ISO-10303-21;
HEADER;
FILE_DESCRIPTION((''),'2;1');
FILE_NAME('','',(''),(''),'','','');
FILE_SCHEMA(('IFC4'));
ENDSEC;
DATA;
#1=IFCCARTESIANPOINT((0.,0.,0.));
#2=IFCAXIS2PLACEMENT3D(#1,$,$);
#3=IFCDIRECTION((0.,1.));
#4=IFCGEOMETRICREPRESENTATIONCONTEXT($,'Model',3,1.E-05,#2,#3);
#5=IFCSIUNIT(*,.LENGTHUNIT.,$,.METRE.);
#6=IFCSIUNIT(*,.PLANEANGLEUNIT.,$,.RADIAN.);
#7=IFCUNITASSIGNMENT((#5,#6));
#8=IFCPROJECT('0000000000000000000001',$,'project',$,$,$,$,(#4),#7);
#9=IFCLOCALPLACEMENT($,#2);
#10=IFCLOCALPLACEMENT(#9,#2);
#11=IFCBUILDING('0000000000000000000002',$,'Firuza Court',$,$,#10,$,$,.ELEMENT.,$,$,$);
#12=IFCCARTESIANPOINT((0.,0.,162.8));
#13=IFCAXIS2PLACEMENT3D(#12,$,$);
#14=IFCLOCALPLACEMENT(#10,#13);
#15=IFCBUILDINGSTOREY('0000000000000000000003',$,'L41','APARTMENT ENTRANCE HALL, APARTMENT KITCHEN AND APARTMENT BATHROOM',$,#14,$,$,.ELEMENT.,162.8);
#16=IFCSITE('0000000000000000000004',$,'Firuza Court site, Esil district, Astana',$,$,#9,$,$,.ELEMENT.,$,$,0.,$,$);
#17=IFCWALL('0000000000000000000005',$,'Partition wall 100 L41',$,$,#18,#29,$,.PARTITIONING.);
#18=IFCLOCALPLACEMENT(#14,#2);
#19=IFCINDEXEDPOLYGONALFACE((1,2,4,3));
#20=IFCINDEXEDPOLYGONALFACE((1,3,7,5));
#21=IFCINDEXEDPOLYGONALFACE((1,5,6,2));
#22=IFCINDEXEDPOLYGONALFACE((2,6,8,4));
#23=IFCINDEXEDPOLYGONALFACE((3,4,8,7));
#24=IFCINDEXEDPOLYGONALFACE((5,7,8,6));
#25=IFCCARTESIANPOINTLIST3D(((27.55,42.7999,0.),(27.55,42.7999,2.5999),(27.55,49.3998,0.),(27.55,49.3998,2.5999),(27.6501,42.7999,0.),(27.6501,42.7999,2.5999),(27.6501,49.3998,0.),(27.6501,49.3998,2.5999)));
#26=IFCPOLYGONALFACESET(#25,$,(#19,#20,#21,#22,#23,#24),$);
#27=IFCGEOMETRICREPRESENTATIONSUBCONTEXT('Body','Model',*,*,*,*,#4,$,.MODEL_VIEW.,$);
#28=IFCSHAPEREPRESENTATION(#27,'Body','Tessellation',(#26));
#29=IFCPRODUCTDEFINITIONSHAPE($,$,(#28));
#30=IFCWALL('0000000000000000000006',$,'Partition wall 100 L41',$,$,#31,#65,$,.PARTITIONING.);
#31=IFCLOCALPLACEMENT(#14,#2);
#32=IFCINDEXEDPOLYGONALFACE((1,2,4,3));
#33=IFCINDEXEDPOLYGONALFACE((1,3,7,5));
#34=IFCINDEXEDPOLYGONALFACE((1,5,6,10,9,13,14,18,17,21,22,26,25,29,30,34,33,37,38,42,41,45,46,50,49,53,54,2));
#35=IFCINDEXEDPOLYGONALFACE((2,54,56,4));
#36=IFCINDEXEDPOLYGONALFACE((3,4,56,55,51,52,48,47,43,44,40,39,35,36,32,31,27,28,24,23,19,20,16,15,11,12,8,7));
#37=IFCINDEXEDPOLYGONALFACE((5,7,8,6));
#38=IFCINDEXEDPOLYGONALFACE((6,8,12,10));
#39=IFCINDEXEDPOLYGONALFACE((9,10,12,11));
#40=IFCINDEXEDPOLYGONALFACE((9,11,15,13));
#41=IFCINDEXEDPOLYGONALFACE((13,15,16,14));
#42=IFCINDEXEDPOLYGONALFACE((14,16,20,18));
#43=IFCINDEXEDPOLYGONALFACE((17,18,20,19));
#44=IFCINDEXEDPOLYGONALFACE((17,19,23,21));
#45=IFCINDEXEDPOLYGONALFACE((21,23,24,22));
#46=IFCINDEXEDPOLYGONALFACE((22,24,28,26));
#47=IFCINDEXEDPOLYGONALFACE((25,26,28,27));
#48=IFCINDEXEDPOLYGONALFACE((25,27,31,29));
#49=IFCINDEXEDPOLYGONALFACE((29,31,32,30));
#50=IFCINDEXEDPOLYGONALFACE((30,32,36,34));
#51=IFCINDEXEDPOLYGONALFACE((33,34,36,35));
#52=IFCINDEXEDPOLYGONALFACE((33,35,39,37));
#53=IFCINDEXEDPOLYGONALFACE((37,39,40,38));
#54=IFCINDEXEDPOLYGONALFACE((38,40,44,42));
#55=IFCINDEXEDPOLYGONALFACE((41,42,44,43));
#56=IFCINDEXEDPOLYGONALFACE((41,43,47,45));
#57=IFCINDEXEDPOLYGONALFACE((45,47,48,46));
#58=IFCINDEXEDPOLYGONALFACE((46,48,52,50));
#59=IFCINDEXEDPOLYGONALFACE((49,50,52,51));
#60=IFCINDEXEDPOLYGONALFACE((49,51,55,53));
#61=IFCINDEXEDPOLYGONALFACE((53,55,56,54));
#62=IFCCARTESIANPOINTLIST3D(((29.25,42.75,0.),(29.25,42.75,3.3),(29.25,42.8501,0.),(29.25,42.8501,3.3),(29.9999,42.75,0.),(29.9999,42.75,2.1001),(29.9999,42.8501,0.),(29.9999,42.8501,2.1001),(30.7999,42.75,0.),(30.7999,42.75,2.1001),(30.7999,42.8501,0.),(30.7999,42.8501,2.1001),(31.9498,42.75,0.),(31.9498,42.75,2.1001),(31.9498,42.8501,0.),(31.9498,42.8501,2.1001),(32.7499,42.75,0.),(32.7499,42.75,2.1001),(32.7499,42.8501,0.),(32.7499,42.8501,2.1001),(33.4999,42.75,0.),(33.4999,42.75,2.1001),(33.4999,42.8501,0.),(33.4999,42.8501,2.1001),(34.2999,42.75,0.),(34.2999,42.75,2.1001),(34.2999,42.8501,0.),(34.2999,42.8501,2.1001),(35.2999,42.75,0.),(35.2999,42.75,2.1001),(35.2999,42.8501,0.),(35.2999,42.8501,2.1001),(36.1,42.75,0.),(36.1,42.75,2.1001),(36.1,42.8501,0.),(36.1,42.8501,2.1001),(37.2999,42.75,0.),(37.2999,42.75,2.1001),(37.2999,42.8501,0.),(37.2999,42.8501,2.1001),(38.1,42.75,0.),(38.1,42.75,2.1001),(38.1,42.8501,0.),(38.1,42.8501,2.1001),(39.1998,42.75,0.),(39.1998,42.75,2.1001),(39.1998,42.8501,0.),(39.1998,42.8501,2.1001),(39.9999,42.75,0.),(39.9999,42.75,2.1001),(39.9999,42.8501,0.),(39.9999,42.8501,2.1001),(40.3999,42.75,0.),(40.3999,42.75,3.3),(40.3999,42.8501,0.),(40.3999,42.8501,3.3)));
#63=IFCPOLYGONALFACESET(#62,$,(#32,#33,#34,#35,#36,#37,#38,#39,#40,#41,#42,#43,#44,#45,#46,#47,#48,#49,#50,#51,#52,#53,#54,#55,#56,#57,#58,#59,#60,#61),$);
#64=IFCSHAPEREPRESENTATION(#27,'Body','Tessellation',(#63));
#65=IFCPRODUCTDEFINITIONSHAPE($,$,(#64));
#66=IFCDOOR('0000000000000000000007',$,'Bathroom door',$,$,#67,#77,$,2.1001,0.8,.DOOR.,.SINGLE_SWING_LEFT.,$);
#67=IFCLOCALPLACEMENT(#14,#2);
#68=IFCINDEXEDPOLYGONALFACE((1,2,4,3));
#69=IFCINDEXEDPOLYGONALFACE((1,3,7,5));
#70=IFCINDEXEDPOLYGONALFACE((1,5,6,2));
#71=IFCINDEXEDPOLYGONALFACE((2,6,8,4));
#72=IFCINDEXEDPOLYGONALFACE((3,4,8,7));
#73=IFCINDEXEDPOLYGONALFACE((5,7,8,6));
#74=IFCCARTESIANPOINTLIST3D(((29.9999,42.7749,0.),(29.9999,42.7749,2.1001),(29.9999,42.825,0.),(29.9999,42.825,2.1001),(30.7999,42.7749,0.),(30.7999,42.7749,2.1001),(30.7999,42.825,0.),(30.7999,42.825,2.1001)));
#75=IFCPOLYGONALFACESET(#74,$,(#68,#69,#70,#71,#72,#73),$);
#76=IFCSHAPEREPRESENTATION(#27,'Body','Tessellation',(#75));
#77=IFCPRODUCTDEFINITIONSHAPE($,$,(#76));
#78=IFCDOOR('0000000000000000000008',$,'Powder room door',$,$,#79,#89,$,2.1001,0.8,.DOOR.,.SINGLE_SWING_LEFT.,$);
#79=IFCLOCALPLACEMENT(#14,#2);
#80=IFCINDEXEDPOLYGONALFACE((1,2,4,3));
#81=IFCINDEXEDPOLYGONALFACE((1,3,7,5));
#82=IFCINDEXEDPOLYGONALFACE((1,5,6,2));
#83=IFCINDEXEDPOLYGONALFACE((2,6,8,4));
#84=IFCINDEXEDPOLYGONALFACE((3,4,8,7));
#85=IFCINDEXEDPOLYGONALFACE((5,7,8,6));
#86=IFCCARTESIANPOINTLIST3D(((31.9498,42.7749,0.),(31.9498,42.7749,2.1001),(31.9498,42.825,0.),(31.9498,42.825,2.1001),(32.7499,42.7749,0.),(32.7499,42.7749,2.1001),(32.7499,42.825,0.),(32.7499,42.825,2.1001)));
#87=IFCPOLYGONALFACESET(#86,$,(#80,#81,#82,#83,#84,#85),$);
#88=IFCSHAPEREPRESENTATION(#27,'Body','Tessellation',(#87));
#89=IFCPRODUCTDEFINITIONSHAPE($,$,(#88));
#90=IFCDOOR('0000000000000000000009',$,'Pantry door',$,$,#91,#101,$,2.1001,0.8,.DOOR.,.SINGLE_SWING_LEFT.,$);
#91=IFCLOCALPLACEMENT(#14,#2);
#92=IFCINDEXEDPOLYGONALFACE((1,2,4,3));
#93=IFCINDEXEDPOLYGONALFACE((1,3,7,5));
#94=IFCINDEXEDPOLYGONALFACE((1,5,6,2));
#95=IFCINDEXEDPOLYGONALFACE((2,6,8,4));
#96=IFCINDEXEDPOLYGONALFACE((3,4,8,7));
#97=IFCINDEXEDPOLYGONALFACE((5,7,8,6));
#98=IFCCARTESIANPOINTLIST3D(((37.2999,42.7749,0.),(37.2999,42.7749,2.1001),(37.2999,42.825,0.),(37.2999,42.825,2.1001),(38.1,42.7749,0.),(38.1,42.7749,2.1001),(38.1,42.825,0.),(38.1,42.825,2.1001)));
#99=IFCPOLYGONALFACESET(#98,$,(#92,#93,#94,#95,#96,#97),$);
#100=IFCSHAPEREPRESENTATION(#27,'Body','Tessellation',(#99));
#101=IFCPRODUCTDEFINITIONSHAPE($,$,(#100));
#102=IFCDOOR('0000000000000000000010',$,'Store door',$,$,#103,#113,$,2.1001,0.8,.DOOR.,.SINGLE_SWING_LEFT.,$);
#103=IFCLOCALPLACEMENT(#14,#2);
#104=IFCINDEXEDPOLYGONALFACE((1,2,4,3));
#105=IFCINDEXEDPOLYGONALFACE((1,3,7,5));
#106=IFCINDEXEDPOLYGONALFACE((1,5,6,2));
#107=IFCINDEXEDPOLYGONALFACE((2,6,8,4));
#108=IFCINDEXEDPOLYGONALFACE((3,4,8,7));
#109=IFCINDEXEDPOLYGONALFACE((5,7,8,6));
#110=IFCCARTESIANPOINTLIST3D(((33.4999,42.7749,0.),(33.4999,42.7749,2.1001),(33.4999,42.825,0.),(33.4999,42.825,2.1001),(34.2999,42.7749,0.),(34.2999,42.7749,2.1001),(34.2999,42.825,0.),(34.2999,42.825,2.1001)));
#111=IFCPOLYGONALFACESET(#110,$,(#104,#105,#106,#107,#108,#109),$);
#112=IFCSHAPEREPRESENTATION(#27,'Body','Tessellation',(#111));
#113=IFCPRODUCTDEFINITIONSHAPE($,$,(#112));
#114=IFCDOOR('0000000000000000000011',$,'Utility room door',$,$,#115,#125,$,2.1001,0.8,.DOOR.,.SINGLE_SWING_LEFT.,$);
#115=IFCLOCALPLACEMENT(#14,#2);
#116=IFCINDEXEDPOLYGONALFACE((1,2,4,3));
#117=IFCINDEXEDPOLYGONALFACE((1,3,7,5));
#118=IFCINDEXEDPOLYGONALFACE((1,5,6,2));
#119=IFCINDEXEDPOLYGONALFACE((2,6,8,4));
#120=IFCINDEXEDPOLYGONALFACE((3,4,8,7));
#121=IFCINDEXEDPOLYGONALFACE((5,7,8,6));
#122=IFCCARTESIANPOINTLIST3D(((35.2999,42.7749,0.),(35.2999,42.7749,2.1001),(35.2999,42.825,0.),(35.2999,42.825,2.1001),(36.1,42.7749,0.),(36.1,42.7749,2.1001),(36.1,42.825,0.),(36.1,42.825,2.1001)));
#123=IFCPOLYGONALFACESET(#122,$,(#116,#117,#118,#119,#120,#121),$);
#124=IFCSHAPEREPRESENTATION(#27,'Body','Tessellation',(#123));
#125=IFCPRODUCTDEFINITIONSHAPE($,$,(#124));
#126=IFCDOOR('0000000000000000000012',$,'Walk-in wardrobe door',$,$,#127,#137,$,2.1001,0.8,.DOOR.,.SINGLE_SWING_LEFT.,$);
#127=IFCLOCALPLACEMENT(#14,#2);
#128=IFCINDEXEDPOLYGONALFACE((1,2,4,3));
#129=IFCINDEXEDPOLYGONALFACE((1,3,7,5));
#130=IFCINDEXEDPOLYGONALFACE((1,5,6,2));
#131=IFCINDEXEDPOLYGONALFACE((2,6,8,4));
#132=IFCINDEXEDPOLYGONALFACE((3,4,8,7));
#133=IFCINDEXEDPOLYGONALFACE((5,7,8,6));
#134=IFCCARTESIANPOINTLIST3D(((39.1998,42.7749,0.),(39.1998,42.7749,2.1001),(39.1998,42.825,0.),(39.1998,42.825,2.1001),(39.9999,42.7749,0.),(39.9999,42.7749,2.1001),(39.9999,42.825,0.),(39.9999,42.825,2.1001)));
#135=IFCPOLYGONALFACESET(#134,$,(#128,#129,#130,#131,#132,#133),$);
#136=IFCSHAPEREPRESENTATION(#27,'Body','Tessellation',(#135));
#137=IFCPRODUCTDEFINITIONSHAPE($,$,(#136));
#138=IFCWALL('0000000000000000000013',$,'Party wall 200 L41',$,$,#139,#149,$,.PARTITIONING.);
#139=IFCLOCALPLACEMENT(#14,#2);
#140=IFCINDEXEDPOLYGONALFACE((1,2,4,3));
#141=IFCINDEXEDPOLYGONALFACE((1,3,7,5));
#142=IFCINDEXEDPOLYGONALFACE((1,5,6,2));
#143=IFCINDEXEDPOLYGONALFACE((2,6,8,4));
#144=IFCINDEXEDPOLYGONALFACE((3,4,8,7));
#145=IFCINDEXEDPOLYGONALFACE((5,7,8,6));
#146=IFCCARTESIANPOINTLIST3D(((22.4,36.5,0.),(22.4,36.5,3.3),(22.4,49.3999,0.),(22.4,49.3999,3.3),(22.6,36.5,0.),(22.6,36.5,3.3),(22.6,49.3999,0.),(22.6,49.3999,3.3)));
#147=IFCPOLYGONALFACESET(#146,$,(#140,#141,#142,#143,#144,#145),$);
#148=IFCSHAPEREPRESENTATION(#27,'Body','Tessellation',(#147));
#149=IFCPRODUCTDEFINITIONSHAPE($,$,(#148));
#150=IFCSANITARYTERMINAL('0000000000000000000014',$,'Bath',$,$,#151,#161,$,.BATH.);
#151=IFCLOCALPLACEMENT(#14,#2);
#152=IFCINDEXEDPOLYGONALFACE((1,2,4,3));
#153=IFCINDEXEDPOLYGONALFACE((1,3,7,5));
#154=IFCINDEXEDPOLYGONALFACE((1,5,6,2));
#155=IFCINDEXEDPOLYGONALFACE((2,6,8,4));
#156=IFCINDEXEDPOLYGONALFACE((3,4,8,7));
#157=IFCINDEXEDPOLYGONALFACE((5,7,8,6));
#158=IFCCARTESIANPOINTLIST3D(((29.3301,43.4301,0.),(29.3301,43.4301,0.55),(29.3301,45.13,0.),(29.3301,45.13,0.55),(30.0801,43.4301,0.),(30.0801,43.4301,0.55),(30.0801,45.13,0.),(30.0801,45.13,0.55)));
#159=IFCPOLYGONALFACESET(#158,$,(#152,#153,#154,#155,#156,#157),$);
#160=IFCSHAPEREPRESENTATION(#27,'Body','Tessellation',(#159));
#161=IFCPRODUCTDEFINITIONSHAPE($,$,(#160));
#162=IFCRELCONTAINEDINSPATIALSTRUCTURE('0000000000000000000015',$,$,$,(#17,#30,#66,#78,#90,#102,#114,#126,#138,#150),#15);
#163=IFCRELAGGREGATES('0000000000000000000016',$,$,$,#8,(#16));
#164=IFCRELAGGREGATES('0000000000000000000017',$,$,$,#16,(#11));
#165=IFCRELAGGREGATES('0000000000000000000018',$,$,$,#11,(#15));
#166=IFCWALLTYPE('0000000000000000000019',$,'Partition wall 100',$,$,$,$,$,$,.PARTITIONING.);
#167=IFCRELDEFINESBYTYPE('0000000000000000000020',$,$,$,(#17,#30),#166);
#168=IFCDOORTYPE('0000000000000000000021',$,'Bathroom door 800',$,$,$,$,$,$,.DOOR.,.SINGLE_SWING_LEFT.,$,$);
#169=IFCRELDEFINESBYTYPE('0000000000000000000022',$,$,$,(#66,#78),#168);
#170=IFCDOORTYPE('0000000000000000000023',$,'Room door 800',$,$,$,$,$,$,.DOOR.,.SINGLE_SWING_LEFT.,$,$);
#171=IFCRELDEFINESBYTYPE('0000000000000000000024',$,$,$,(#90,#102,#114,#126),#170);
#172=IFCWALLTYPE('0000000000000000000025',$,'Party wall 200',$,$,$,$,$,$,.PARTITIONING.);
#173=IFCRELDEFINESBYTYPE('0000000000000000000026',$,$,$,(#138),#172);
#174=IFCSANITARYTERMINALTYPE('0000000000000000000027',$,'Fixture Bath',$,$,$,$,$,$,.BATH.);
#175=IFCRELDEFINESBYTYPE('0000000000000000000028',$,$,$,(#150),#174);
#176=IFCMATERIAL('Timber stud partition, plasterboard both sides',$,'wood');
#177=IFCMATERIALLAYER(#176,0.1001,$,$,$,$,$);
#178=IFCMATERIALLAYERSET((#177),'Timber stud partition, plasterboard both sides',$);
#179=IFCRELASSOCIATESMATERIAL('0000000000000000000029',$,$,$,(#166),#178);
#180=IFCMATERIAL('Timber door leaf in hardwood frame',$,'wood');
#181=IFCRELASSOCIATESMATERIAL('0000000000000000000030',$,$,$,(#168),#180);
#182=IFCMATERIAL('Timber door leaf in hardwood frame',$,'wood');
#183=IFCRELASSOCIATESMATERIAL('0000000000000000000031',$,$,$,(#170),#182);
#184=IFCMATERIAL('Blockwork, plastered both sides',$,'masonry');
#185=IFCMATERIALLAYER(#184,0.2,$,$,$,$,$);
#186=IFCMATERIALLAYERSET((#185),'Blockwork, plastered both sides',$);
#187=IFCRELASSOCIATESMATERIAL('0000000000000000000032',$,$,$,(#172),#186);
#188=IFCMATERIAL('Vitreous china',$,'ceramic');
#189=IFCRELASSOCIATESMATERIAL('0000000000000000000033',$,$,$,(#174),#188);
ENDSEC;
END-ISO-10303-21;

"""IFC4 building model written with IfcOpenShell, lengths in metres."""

from ifc_helpers import new_model, si_unit, direction, frame, frame_2d, origin, origin_2d, place, context, subcontext, project, spatial, rectangle, extrude, material, layer, layer_set, type_object, element, fill, save


model = new_model("IFC4")

# Units and contexts
model_context = context("Model", 3, precision=1e-05, world=origin(), true_north=direction((0.0, 1.0)))
body_context = subcontext(model_context, "Body", "Model", "MODEL_VIEW")
ifc_project = project(units=[si_unit("LENGTHUNIT", "METRE"), si_unit("PLANEANGLEUNIT", "RADIAN")], contexts=[model_context])

# Site, building, storey
site_placement = place(None, origin())
site = spatial("IfcSite", under=ifc_project, at=site_placement, Name="Firuza Court site, Esil district, Astana", CompositionType="ELEMENT", RefElevation=0.0)
building_placement = place(site_placement, origin())
building = spatial("IfcBuilding", under=site, at=building_placement, Name="Firuza Court", CompositionType="ELEMENT")
storey_placement = place(building_placement, frame((0.0, 0.0, 162.8)))
storey = spatial("IfcBuildingStorey", under=building, at=storey_placement, Name="L41", Description="APARTMENT ENTRANCE HALL, APARTMENT KITCHEN AND APARTMENT BATHROOM", CompositionType="ELEMENT", Elevation=162.8)

# Shared definitions
ifc_material_1 = material(Name="Timber stud partition, plasterboard both sides", Category="wood")
ifc_layer_1 = layer(ifc_material_1, 0.1001)
ifc_layer_set_1 = layer_set([ifc_layer_1], Name="Timber stud partition, plasterboard both sides")
wall_type_1 = type_object("IfcWallType", Name="Partition wall 100", PredefinedType="PARTITIONING", material=ifc_layer_set_1)

# Wall
wall_1_placement = place(storey_placement, frame((27.6001, 42.8, 0.0), z_axis=(0.0, 0.0, 1.0), x_axis=(0.0, 1.0, 0.0)))
element("IfcWall", 1, at=wall_1_placement, inside=storey, type_object=wall_type_1, Name="Partition wall 100 L41", PredefinedType="PARTITIONING", context=body_context, shape_type="SweptSolid", body=[
    extrude(rectangle(XDim=6.5999, YDim=0.1001, at=frame_2d((3.2998, 0.0))), origin(), (0.0, 0.0, 1.0), 2.5999),
])

# Wall, openings, doors
wall_2_placement = place(storey_placement, frame((29.25, 42.8, 0.0), z_axis=(0.0, 0.0, 1.0), x_axis=(1.0, 0.0, 0.0)))
wall_2 = element("IfcWall", 2, at=wall_2_placement, inside=storey, type_object=wall_type_1, Name="Partition wall 100 L41", PredefinedType="PARTITIONING", context=body_context, shape_type="SweptSolid", body=[
    extrude(rectangle(XDim=11.1499, YDim=0.1001, at=frame_2d((5.575, 0.0))), origin(), (0.0, 0.0, 1.0), 3.3),
])
opening_1_placement = place(wall_2_placement, frame((0.75, 0.0, 0.0)))
opening_1 = element("IfcOpeningElement", 3, at=opening_1_placement, cuts=wall_2, PredefinedType="OPENING", context=body_context, shape_type="SweptSolid", body=[
    extrude(rectangle(XDim=0.8, YDim=2.1001, at=frame_2d((0.3999, 1.05))), frame((0.0, 0.062, 0.0), z_axis=(0.0, -1.0, 0.0), x_axis=(1.0, 0.0, 0.0)), (0.0, 0.0, 1.0), 0.124),
])
opening_2_placement = place(wall_2_placement, frame((8.05, 0.0, 0.0)))
opening_2 = element("IfcOpeningElement", 4, at=opening_2_placement, cuts=wall_2, PredefinedType="OPENING", context=body_context, shape_type="SweptSolid", body=[
    extrude(rectangle(XDim=0.8, YDim=2.1001, at=frame_2d((0.3999, 1.05))), frame((0.0, 0.062, 0.0), z_axis=(0.0, -1.0, 0.0), x_axis=(1.0, 0.0, 0.0)), (0.0, 0.0, 1.0), 0.124),
])
opening_3_placement = place(wall_2_placement, frame((4.25, 0.0, 0.0)))
opening_3 = element("IfcOpeningElement", 5, at=opening_3_placement, cuts=wall_2, PredefinedType="OPENING", context=body_context, shape_type="SweptSolid", body=[
    extrude(rectangle(XDim=0.8, YDim=2.1001, at=frame_2d((0.3999, 1.05))), frame((0.0, 0.062, 0.0), z_axis=(0.0, -1.0, 0.0), x_axis=(1.0, 0.0, 0.0)), (0.0, 0.0, 1.0), 0.124),
])
opening_4_placement = place(wall_2_placement, frame((6.05, 0.0, 0.0)))
opening_4 = element("IfcOpeningElement", 6, at=opening_4_placement, cuts=wall_2, PredefinedType="OPENING", context=body_context, shape_type="SweptSolid", body=[
    extrude(rectangle(XDim=0.8, YDim=2.1001, at=frame_2d((0.3999, 1.05))), frame((0.0, 0.062, 0.0), z_axis=(0.0, -1.0, 0.0), x_axis=(1.0, 0.0, 0.0)), (0.0, 0.0, 1.0), 0.124),
])
opening_5_placement = place(wall_2_placement, frame((9.95, 0.0, 0.0)))
opening_5 = element("IfcOpeningElement", 7, at=opening_5_placement, cuts=wall_2, PredefinedType="OPENING", context=body_context, shape_type="SweptSolid", body=[
    extrude(rectangle(XDim=0.8, YDim=2.1001, at=frame_2d((0.3999, 1.05))), frame((0.0, 0.062, 0.0), z_axis=(0.0, -1.0, 0.0), x_axis=(1.0, 0.0, 0.0)), (0.0, 0.0, 1.0), 0.124),
])
opening_6_placement = place(wall_2_placement, frame((2.7, 0.0, 0.0)))
opening_6 = element("IfcOpeningElement", 8, at=opening_6_placement, cuts=wall_2, PredefinedType="OPENING", context=body_context, shape_type="SweptSolid", body=[
    extrude(rectangle(XDim=0.8, YDim=2.1001, at=frame_2d((0.3999, 1.05))), frame((0.0, 0.062, 0.0), z_axis=(0.0, -1.0, 0.0), x_axis=(1.0, 0.0, 0.0)), (0.0, 0.0, 1.0), 0.124),
])
ifc_material_2 = material(Name="Timber door leaf in hardwood frame", Category="wood")
door_type_1 = type_object("IfcDoorType", Name="Bathroom door 800", OperationType="SINGLE_SWING_LEFT", PredefinedType="DOOR", material=ifc_material_2)
door_1_placement = place(opening_1_placement, origin())
door_1 = element("IfcDoor", 9, at=door_1_placement, inside=storey, type_object=door_type_1, Name="Bathroom door", OperationType="SINGLE_SWING_LEFT", OverallHeight=2.1001, OverallWidth=0.8, PredefinedType="DOOR", context=body_context, shape_type="SweptSolid", body=[
    extrude(rectangle(XDim=0.8, YDim=2.1001, at=frame_2d((0.3999, 1.05))), frame((0.0, 0.0249, 0.0), z_axis=(0.0, -1.0, 0.0), x_axis=(1.0, 0.0, 0.0)), (0.0, 0.0, 1.0), 0.05),
])
fill(opening_1, door_1)
door_2_placement = place(opening_6_placement, origin())
door_2 = element("IfcDoor", 10, at=door_2_placement, inside=storey, type_object=door_type_1, Name="Powder room door", OperationType="SINGLE_SWING_LEFT", OverallHeight=2.1001, OverallWidth=0.8, PredefinedType="DOOR", context=body_context, shape_type="SweptSolid", body=[
    extrude(rectangle(XDim=0.8, YDim=2.1001, at=frame_2d((0.3999, 1.05))), frame((0.0, 0.0249, 0.0), z_axis=(0.0, -1.0, 0.0), x_axis=(1.0, 0.0, 0.0)), (0.0, 0.0, 1.0), 0.05),
])
fill(opening_6, door_2)
ifc_material_3 = material(Name="Timber door leaf in hardwood frame", Category="wood")
door_type_2 = type_object("IfcDoorType", Name="Room door 800", OperationType="SINGLE_SWING_LEFT", PredefinedType="DOOR", material=ifc_material_3)
door_3_placement = place(opening_2_placement, origin())
door_3 = element("IfcDoor", 11, at=door_3_placement, inside=storey, type_object=door_type_2, Name="Pantry door", OperationType="SINGLE_SWING_LEFT", OverallHeight=2.1001, OverallWidth=0.8, PredefinedType="DOOR", context=body_context, shape_type="SweptSolid", body=[
    extrude(rectangle(XDim=0.8, YDim=2.1001, at=frame_2d((0.3999, 1.05))), frame((0.0, 0.0249, 0.0), z_axis=(0.0, -1.0, 0.0), x_axis=(1.0, 0.0, 0.0)), (0.0, 0.0, 1.0), 0.05),
])
fill(opening_2, door_3)
door_4_placement = place(opening_3_placement, origin())
door_4 = element("IfcDoor", 12, at=door_4_placement, inside=storey, type_object=door_type_2, Name="Store door", OperationType="SINGLE_SWING_LEFT", OverallHeight=2.1001, OverallWidth=0.8, PredefinedType="DOOR", context=body_context, shape_type="SweptSolid", body=[
    extrude(rectangle(XDim=0.8, YDim=2.1001, at=frame_2d((0.3999, 1.05))), frame((0.0, 0.0249, 0.0), z_axis=(0.0, -1.0, 0.0), x_axis=(1.0, 0.0, 0.0)), (0.0, 0.0, 1.0), 0.05),
])
fill(opening_3, door_4)
door_5_placement = place(opening_4_placement, origin())
door_5 = element("IfcDoor", 13, at=door_5_placement, inside=storey, type_object=door_type_2, Name="Utility room door", OperationType="SINGLE_SWING_LEFT", OverallHeight=2.1001, OverallWidth=0.8, PredefinedType="DOOR", context=body_context, shape_type="SweptSolid", body=[
    extrude(rectangle(XDim=0.8, YDim=2.1001, at=frame_2d((0.3999, 1.05))), frame((0.0, 0.0249, 0.0), z_axis=(0.0, -1.0, 0.0), x_axis=(1.0, 0.0, 0.0)), (0.0, 0.0, 1.0), 0.05),
])
fill(opening_4, door_5)
door_6_placement = place(opening_5_placement, origin())
door_6 = element("IfcDoor", 14, at=door_6_placement, inside=storey, type_object=door_type_2, Name="Walk-in wardrobe door", OperationType="SINGLE_SWING_LEFT", OverallHeight=2.1001, OverallWidth=0.8, PredefinedType="DOOR", context=body_context, shape_type="SweptSolid", body=[
    extrude(rectangle(XDim=0.8, YDim=2.1001, at=frame_2d((0.3999, 1.05))), frame((0.0, 0.0249, 0.0), z_axis=(0.0, -1.0, 0.0), x_axis=(1.0, 0.0, 0.0)), (0.0, 0.0, 1.0), 0.05),
])
fill(opening_5, door_6)

# Wall
ifc_material_4 = material(Name="Blockwork, plastered both sides", Category="masonry")
ifc_layer_2 = layer(ifc_material_4, 0.2)
ifc_layer_set_2 = layer_set([ifc_layer_2], Name="Blockwork, plastered both sides")
wall_type_2 = type_object("IfcWallType", Name="Party wall 200", PredefinedType="PARTITIONING", material=ifc_layer_set_2)
wall_3_placement = place(storey_placement, frame((22.5, 36.5, 0.0), z_axis=(0.0, 0.0, 1.0), x_axis=(0.0, 1.0, 0.0)))
element("IfcWall", 15, at=wall_3_placement, inside=storey, type_object=wall_type_2, Name="Party wall 200 L41", PredefinedType="PARTITIONING", context=body_context, shape_type="SweptSolid", body=[
    extrude(rectangle(XDim=12.8999, YDim=0.2, at=frame_2d((6.45, 0.0))), origin(), (0.0, 0.0, 1.0), 3.3),
])

# Sanitary terminal
ifc_material_5 = material(Name="Vitreous china", Category="ceramic")
sanitary_terminal_type_1 = type_object("IfcSanitaryTerminalType", Name="Fixture Bath", PredefinedType="BATH", material=ifc_material_5)
sanitary_terminal_1_placement = place(storey_placement, frame((29.7051, 44.28, 0.0), z_axis=(0.0, 0.0, 1.0), x_axis=(1.0, 0.0, 0.0)))
element("IfcSanitaryTerminal", 16, at=sanitary_terminal_1_placement, inside=storey, type_object=sanitary_terminal_type_1, Name="Bath", PredefinedType="BATH", context=body_context, shape_type="SweptSolid", body=[
    extrude(rectangle(XDim=0.75, YDim=1.7, at=origin_2d()), origin(), (0.0, 0.0, 1.0), 0.55),
])

save(model, "model.ifc")
